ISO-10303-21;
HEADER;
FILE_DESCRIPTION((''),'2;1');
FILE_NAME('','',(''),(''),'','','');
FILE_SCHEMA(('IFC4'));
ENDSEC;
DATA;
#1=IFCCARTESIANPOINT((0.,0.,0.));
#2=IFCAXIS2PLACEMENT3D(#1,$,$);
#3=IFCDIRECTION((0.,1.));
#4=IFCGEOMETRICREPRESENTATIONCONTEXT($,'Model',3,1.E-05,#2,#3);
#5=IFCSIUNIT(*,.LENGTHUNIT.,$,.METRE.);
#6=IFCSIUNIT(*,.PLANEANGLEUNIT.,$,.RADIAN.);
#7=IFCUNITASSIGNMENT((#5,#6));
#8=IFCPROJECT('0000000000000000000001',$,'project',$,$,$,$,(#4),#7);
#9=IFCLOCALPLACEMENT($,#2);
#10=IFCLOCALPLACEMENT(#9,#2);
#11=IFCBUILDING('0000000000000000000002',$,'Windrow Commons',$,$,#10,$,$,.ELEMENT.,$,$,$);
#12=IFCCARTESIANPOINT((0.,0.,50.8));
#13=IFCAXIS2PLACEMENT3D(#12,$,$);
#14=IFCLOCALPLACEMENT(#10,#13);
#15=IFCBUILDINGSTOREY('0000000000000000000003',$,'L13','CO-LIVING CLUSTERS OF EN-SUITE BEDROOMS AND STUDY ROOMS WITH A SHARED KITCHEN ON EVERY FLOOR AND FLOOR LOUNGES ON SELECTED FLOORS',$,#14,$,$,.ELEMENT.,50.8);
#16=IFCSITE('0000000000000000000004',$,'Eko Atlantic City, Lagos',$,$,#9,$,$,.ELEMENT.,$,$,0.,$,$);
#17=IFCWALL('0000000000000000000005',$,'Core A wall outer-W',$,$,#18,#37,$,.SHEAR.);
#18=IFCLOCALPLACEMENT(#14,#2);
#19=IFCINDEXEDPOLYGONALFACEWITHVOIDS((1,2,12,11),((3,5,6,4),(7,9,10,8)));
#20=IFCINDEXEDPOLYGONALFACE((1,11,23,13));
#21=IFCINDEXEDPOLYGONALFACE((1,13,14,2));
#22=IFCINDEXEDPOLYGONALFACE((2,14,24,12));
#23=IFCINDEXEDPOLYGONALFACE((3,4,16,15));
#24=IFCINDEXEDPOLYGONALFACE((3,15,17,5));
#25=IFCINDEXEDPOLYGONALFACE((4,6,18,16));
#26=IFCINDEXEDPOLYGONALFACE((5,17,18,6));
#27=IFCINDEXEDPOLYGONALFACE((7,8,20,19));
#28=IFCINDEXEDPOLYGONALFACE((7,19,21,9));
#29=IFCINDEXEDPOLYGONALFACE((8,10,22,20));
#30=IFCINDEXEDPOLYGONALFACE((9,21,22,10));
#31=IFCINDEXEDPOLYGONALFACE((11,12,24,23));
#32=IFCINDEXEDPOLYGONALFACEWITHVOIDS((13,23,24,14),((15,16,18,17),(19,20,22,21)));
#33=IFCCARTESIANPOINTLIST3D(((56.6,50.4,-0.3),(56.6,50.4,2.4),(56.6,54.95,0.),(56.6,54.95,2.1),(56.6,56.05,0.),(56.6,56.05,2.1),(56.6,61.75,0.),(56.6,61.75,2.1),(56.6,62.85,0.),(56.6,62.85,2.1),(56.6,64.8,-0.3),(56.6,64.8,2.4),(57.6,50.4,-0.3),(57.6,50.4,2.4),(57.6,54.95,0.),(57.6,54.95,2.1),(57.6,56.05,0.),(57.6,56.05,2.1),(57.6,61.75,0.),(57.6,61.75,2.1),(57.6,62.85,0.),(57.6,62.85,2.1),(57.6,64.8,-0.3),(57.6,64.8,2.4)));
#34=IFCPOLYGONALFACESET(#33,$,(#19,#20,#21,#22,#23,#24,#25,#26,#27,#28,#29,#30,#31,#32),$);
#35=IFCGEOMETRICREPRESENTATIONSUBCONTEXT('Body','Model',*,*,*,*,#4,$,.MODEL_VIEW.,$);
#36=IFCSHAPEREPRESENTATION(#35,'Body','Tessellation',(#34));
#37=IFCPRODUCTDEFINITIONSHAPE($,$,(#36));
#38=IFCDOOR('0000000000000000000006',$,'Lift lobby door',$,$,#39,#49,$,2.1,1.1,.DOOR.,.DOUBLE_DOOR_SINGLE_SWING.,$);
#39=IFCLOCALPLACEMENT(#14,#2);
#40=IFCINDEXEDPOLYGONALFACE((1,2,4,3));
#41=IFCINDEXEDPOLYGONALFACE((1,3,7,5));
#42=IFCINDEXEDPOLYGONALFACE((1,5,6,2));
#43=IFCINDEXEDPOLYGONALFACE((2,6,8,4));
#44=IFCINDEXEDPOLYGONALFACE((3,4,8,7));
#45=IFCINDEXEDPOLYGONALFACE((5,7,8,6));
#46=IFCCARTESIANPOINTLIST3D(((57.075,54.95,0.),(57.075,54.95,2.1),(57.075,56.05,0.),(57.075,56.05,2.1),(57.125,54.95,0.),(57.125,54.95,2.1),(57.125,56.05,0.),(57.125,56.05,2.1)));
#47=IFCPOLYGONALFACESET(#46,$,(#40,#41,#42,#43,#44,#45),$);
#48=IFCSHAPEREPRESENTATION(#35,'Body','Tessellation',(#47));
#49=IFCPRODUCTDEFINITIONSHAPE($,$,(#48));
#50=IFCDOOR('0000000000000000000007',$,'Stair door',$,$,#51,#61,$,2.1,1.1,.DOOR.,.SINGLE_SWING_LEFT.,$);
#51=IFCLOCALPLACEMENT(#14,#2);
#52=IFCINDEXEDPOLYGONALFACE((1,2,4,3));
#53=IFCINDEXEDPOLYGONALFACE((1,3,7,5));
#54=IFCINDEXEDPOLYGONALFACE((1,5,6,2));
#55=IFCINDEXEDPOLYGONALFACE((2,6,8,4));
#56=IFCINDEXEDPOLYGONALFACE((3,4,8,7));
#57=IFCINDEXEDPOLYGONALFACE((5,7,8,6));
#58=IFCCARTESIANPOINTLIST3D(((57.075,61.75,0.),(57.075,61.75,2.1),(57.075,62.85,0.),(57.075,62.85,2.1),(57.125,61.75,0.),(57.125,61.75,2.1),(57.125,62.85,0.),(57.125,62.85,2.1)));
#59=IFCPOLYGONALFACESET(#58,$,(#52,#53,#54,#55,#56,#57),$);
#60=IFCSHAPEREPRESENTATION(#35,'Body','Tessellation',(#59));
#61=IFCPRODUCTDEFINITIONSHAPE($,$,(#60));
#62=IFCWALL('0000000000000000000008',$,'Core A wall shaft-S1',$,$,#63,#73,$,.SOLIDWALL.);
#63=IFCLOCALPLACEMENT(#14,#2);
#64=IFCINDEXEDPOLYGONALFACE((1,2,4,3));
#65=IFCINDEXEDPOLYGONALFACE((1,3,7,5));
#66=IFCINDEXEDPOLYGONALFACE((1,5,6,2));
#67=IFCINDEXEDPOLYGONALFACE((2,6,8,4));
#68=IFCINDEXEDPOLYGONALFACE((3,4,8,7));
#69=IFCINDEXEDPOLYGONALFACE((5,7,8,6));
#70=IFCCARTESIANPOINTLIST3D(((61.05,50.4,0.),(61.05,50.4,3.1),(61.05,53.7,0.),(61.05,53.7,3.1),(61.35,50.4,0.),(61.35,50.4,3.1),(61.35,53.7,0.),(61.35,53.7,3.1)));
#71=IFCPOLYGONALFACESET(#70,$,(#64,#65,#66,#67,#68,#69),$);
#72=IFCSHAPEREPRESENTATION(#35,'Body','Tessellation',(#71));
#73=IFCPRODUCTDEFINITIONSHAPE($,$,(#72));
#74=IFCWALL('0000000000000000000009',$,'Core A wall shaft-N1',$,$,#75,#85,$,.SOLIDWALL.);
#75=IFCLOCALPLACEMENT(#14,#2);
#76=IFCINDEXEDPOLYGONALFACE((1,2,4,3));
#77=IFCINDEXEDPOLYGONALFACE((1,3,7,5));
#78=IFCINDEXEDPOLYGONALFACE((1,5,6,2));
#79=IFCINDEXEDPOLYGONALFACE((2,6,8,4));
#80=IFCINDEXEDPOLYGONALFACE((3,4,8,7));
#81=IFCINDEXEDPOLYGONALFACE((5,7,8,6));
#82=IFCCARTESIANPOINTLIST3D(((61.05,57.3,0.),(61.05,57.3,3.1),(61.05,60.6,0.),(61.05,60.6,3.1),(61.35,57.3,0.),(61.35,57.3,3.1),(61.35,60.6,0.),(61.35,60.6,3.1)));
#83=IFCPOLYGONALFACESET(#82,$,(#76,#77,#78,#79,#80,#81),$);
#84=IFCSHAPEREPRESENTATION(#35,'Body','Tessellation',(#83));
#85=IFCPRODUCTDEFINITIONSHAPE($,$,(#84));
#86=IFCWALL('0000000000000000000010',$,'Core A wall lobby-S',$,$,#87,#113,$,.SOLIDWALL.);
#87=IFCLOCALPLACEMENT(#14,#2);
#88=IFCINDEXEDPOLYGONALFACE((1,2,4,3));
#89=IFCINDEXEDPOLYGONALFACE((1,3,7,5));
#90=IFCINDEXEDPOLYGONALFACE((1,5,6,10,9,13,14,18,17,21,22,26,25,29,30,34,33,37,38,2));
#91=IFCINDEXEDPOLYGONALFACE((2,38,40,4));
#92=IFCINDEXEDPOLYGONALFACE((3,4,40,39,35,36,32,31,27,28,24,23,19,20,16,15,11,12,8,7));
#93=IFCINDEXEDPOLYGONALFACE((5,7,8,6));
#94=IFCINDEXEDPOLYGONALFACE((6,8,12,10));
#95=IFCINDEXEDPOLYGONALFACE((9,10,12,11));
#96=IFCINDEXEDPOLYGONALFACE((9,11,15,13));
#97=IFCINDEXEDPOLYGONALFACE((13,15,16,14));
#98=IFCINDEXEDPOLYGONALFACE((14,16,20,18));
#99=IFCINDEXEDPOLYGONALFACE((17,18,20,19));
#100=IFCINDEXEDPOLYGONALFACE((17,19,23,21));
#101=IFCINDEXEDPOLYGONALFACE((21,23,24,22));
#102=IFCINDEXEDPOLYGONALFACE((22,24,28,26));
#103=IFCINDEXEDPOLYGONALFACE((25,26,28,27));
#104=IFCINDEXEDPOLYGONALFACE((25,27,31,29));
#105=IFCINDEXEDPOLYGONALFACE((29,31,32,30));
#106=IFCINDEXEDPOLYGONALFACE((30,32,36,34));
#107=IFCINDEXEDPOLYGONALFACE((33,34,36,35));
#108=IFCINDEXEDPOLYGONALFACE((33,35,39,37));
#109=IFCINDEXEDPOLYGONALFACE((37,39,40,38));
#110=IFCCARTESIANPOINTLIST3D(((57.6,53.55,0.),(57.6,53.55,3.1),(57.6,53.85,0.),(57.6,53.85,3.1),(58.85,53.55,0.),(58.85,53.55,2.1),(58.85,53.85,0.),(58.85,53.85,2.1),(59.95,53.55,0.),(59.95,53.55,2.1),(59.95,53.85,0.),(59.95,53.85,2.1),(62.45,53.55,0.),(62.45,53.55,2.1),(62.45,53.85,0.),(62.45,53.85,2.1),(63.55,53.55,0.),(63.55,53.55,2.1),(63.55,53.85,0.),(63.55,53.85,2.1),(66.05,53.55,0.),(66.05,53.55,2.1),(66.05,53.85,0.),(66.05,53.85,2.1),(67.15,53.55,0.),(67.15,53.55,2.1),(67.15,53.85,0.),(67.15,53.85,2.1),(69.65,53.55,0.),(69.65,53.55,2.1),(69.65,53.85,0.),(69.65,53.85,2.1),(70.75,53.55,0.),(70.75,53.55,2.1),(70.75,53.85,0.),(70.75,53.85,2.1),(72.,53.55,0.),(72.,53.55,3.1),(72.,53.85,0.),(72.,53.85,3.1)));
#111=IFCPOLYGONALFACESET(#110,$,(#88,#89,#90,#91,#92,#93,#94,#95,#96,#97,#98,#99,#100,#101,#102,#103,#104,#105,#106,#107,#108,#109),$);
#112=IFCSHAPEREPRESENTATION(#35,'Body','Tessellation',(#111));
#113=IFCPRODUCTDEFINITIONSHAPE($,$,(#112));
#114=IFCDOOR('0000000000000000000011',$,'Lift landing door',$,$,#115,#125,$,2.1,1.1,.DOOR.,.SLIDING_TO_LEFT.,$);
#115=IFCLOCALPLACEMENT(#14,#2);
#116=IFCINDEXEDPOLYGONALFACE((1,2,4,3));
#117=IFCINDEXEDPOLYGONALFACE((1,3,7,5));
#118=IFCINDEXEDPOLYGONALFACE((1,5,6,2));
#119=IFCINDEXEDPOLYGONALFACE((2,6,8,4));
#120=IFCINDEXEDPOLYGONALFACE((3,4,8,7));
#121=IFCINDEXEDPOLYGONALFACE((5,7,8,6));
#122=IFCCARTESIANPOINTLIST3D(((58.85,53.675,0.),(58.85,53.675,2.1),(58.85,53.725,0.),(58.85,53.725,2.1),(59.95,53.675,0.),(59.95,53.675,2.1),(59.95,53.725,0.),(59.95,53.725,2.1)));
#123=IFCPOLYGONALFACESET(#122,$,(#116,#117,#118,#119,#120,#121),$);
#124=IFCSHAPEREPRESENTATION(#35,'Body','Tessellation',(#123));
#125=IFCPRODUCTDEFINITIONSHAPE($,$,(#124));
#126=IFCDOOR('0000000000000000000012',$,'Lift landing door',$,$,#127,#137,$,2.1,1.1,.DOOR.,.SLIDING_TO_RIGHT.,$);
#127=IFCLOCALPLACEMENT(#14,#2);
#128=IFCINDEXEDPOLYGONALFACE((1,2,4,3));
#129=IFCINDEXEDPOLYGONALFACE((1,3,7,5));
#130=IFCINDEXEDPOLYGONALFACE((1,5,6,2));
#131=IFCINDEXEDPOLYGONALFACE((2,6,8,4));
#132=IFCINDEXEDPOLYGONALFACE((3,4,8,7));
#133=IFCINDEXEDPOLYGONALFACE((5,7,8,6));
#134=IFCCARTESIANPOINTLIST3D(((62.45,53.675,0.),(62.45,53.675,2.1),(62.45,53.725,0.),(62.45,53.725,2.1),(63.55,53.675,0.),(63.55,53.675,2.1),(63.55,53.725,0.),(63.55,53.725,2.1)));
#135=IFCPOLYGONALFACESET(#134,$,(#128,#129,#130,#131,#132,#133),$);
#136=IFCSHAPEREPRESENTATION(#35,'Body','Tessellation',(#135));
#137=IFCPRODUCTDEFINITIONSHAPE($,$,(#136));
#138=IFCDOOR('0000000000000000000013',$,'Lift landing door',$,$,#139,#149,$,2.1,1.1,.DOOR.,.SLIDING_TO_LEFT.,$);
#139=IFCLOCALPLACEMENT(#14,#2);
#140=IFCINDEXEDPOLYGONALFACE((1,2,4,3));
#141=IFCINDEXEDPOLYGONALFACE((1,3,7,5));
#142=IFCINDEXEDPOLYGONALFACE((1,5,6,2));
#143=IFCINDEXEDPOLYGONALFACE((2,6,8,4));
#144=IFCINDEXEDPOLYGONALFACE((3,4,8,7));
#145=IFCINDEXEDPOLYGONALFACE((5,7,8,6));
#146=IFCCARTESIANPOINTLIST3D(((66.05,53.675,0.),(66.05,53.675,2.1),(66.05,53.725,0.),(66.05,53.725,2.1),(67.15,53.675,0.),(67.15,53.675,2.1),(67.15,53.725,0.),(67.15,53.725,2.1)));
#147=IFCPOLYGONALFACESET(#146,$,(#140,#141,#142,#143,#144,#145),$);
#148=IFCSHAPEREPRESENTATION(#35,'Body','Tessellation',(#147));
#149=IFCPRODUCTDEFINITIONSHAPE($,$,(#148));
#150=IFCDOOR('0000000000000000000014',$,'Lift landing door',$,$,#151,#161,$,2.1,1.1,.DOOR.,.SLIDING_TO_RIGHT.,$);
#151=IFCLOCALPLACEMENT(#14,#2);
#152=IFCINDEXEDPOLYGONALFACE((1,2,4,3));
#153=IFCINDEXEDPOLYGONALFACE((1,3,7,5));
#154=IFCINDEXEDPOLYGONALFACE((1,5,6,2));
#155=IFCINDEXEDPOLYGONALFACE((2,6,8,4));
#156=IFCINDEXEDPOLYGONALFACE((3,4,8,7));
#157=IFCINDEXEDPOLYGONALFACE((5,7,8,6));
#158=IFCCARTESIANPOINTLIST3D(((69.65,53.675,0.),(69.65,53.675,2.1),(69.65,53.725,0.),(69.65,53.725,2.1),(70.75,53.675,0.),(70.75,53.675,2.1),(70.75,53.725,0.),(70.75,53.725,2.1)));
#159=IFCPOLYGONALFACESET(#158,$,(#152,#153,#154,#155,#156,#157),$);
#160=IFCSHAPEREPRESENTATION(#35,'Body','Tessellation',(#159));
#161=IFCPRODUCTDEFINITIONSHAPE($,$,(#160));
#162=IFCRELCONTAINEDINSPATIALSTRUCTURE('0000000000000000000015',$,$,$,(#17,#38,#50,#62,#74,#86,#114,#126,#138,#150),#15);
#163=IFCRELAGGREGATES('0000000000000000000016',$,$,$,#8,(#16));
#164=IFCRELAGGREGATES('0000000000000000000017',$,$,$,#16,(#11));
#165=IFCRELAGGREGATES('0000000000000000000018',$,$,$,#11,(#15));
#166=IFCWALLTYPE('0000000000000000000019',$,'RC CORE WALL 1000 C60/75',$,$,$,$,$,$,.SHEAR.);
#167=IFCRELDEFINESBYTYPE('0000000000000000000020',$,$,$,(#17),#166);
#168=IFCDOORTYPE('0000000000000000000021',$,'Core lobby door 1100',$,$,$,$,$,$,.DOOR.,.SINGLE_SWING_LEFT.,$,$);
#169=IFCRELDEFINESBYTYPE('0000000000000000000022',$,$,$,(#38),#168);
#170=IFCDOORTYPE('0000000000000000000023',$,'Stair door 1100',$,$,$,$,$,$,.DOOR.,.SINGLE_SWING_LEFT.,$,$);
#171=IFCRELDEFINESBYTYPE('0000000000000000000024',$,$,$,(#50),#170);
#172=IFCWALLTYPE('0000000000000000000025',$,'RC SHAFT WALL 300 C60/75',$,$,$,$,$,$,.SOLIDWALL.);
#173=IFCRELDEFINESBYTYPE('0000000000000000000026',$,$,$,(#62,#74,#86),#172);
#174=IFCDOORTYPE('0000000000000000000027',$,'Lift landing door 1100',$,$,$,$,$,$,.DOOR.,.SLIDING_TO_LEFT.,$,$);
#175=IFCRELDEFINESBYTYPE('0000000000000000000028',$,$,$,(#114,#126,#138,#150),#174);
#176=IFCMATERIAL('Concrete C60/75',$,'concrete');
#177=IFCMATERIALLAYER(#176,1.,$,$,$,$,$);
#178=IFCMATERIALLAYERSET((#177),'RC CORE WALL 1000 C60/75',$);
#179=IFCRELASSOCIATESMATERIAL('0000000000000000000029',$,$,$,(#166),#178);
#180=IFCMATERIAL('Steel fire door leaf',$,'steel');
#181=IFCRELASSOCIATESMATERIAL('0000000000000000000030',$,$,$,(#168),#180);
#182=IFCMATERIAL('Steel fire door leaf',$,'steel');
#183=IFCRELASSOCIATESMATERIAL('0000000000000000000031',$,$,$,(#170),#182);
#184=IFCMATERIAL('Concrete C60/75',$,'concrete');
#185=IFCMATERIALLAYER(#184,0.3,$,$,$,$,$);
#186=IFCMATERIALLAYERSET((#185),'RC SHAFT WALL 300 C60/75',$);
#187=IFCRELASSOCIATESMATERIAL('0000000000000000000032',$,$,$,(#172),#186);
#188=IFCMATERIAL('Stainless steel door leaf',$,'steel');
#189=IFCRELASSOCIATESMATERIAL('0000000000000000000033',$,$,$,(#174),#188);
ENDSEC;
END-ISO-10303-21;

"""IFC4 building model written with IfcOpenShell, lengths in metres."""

from ifc_helpers import new_model, si_unit, direction, frame, frame_2d, origin, place, context, subcontext, project, spatial, rectangle, extrude, material, layer, layer_set, type_object, element, fill, save


model = new_model("IFC4")

# Units and contexts
model_context = context("Model", 3, precision=1e-05, world=origin(), true_north=direction((0.0, 1.0)))
body_context = subcontext(model_context, "Body", "Model", "MODEL_VIEW")
ifc_project = project(units=[si_unit("LENGTHUNIT", "METRE"), si_unit("PLANEANGLEUNIT", "RADIAN")], contexts=[model_context])

# Site, building, storey
site_placement = place(None, origin())
site = spatial("IfcSite", under=ifc_project, at=site_placement, Name="Eko Atlantic City, Lagos", CompositionType="ELEMENT", RefElevation=0.0)
building_placement = place(site_placement, origin())
building = spatial("IfcBuilding", under=site, at=building_placement, Name="Windrow Commons", CompositionType="ELEMENT")
storey_placement = place(building_placement, frame((0.0, 0.0, 50.8)))
storey = spatial("IfcBuildingStorey", under=building, at=storey_placement, Name="L13", Description="CO-LIVING CLUSTERS OF EN-SUITE BEDROOMS AND STUDY ROOMS WITH A SHARED KITCHEN ON EVERY FLOOR AND FLOOR LOUNGES ON SELECTED FLOORS", CompositionType="ELEMENT", Elevation=50.8)

# Shared definitions
ifc_material_1 = material(Name="Concrete C60/75", Category="concrete")
ifc_layer_1 = layer(ifc_material_1, 1.0)
ifc_layer_set_1 = layer_set([ifc_layer_1], Name="RC CORE WALL 1000 C60/75")
wall_type_1 = type_object("IfcWallType", Name="RC CORE WALL 1000 C60/75", PredefinedType="SHEAR", material=ifc_layer_set_1)

# Wall, openings, doors
wall_1_placement = place(storey_placement, frame((57.1, 50.4, -0.3), z_axis=(0.0, 0.0, 1.0), x_axis=(0.0, 1.0, 0.0)))
wall_1 = element("IfcWall", 1, at=wall_1_placement, inside=storey, type_object=wall_type_1, Name="Core A wall outer-W", PredefinedType="SHEAR", context=body_context, shape_type="SweptSolid", body=[
    extrude(rectangle(XDim=14.4, YDim=1.0, at=frame_2d((7.2, 0.0))), origin(), (0.0, 0.0, 1.0), 2.7),
])
opening_1_placement = place(wall_1_placement, frame((4.55, 0.0, 0.3)))
opening_1 = element("IfcOpeningElement", 2, at=opening_1_placement, cuts=wall_1, PredefinedType="OPENING", context=body_context, shape_type="SweptSolid", body=[
    extrude(rectangle(XDim=1.1, YDim=2.1, at=frame_2d((0.55, 1.05))), frame((0.0, 0.51, 0.0), z_axis=(0.0, -1.0, 0.0), x_axis=(1.0, 0.0, 0.0)), (0.0, 0.0, 1.0), 1.02),
])
opening_2_placement = place(wall_1_placement, frame((11.35, 0.0, 0.3)))
opening_2 = element("IfcOpeningElement", 3, at=opening_2_placement, cuts=wall_1, PredefinedType="OPENING", context=body_context, shape_type="SweptSolid", body=[
    extrude(rectangle(XDim=1.1, YDim=2.1, at=frame_2d((0.55, 1.05))), frame((0.0, 0.51, 0.0), z_axis=(0.0, -1.0, 0.0), x_axis=(1.0, 0.0, 0.0)), (0.0, 0.0, 1.0), 1.02),
])
ifc_material_2 = material(Name="Steel fire door leaf", Category="steel")
door_type_1 = type_object("IfcDoorType", Name="Core lobby door 1100", OperationType="SINGLE_SWING_LEFT", PredefinedType="DOOR", material=ifc_material_2)
door_1_placement = place(opening_1_placement, origin())
door_1 = element("IfcDoor", 4, at=door_1_placement, inside=storey, type_object=door_type_1, Name="Lift lobby door", OperationType="DOUBLE_DOOR_SINGLE_SWING", OverallHeight=2.1, OverallWidth=1.1, PredefinedType="DOOR", context=body_context, shape_type="SweptSolid", body=[
    extrude(rectangle(XDim=1.1, YDim=2.1, at=frame_2d((0.55, 1.05))), frame((0.0, 0.025, 0.0), z_axis=(0.0, -1.0, 0.0), x_axis=(1.0, 0.0, 0.0)), (0.0, 0.0, 1.0), 0.05),
])
fill(opening_1, door_1)
ifc_material_3 = material(Name="Steel fire door leaf", Category="steel")
door_type_2 = type_object("IfcDoorType", Name="Stair door 1100", OperationType="SINGLE_SWING_LEFT", PredefinedType="DOOR", material=ifc_material_3)
door_2_placement = place(opening_2_placement, origin())
door_2 = element("IfcDoor", 5, at=door_2_placement, inside=storey, type_object=door_type_2, Name="Stair door", OperationType="SINGLE_SWING_LEFT", OverallHeight=2.1, OverallWidth=1.1, PredefinedType="DOOR", context=body_context, shape_type="SweptSolid", body=[
    extrude(rectangle(XDim=1.1, YDim=2.1, at=frame_2d((0.55, 1.05))), frame((0.0, 0.025, 0.0), z_axis=(0.0, -1.0, 0.0), x_axis=(1.0, 0.0, 0.0)), (0.0, 0.0, 1.0), 0.05),
])
fill(opening_2, door_2)

# Walls
ifc_material_4 = material(Name="Concrete C60/75", Category="concrete")
ifc_layer_2 = layer(ifc_material_4, 0.3)
ifc_layer_set_2 = layer_set([ifc_layer_2], Name="RC SHAFT WALL 300 C60/75")
wall_type_2 = type_object("IfcWallType", Name="RC SHAFT WALL 300 C60/75", PredefinedType="SOLIDWALL", material=ifc_layer_set_2)
for number, where, z_axis, x_axis, name in (
    (6, (61.2, 50.4, 0.0), (0.0, 0.0, 1.0), (0.0, 1.0, 0.0), "Core A wall shaft-S1"),
    (7, (61.2, 57.3, 0.0), (0.0, 0.0, 1.0), (0.0, 1.0, 0.0), "Core A wall shaft-N1"),
):
    element("IfcWall", number, at=place(storey_placement, frame(where, z_axis=z_axis, x_axis=x_axis)), inside=storey, type_object=wall_type_2, Name=name, PredefinedType="SOLIDWALL", context=body_context, shape_type="SweptSolid", body=[
        extrude(rectangle(XDim=3.3, YDim=0.3, at=frame_2d((1.65, 0.0))), origin(), (0.0, 0.0, 1.0), 3.1),
    ])

# Wall, openings, doors
wall_2_placement = place(storey_placement, frame((57.6, 53.7, 0.0), z_axis=(0.0, 0.0, 1.0), x_axis=(1.0, 0.0, 0.0)))
wall_2 = element("IfcWall", 8, at=wall_2_placement, inside=storey, type_object=wall_type_2, Name="Core A wall lobby-S", PredefinedType="SOLIDWALL", context=body_context, shape_type="SweptSolid", body=[
    extrude(rectangle(XDim=14.4, YDim=0.3, at=frame_2d((7.2, 0.0))), origin(), (0.0, 0.0, 1.0), 3.1),
])
opening_3_placement = place(wall_2_placement, frame((1.25, 0.0, 0.0)))
opening_3 = element("IfcOpeningElement", 9, at=opening_3_placement, cuts=wall_2, PredefinedType="OPENING", context=body_context, shape_type="SweptSolid", body=[
    extrude(rectangle(XDim=1.1, YDim=2.1, at=frame_2d((0.55, 1.05))), frame((0.0, 0.16, 0.0), z_axis=(0.0, -1.0, 0.0), x_axis=(1.0, 0.0, 0.0)), (0.0, 0.0, 1.0), 0.32),
])
opening_4_placement = place(wall_2_placement, frame((4.85, 0.0, 0.0)))
opening_4 = element("IfcOpeningElement", 10, at=opening_4_placement, cuts=wall_2, PredefinedType="OPENING", context=body_context, shape_type="SweptSolid", body=[
    extrude(rectangle(XDim=1.1, YDim=2.1, at=frame_2d((0.55, 1.05))), frame((0.0, 0.16, 0.0), z_axis=(0.0, -1.0, 0.0), x_axis=(1.0, 0.0, 0.0)), (0.0, 0.0, 1.0), 0.32),
])
opening_5_placement = place(wall_2_placement, frame((8.45, 0.0, 0.0)))
opening_5 = element("IfcOpeningElement", 11, at=opening_5_placement, cuts=wall_2, PredefinedType="OPENING", context=body_context, shape_type="SweptSolid", body=[
    extrude(rectangle(XDim=1.1, YDim=2.1, at=frame_2d((0.55, 1.05))), frame((0.0, 0.16, 0.0), z_axis=(0.0, -1.0, 0.0), x_axis=(1.0, 0.0, 0.0)), (0.0, 0.0, 1.0), 0.32),
])
opening_6_placement = place(wall_2_placement, frame((12.05, 0.0, 0.0)))
opening_6 = element("IfcOpeningElement", 12, at=opening_6_placement, cuts=wall_2, PredefinedType="OPENING", context=body_context, shape_type="SweptSolid", body=[
    extrude(rectangle(XDim=1.1, YDim=2.1, at=frame_2d((0.55, 1.05))), frame((0.0, 0.16, 0.0), z_axis=(0.0, -1.0, 0.0), x_axis=(1.0, 0.0, 0.0)), (0.0, 0.0, 1.0), 0.32),
])
ifc_material_5 = material(Name="Stainless steel door leaf", Category="steel")
door_type_3 = type_object("IfcDoorType", Name="Lift landing door 1100", OperationType="SLIDING_TO_LEFT", PredefinedType="DOOR", material=ifc_material_5)
door_3_placement = place(opening_3_placement, origin())
door_3 = element("IfcDoor", 13, at=door_3_placement, inside=storey, type_object=door_type_3, Name="Lift landing door", OperationType="SLIDING_TO_LEFT", OverallHeight=2.1, OverallWidth=1.1, PredefinedType="DOOR", context=body_context, shape_type="SweptSolid", body=[
    extrude(rectangle(XDim=1.1, YDim=2.1, at=frame_2d((0.55, 1.05))), frame((0.0, 0.025, 0.0), z_axis=(0.0, -1.0, 0.0), x_axis=(1.0, 0.0, 0.0)), (0.0, 0.0, 1.0), 0.05),
])
fill(opening_3, door_3)
door_4_placement = place(opening_4_placement, origin())
door_4 = element("IfcDoor", 14, at=door_4_placement, inside=storey, type_object=door_type_3, Name="Lift landing door", OperationType="SLIDING_TO_RIGHT", OverallHeight=2.1, OverallWidth=1.1, PredefinedType="DOOR", context=body_context, shape_type="SweptSolid", body=[
    extrude(rectangle(XDim=1.1, YDim=2.1, at=frame_2d((0.55, 1.05))), frame((0.0, 0.025, 0.0), z_axis=(0.0, -1.0, 0.0), x_axis=(1.0, 0.0, 0.0)), (0.0, 0.0, 1.0), 0.05),
])
fill(opening_4, door_4)
door_5_placement = place(opening_5_placement, origin())
door_5 = element("IfcDoor", 15, at=door_5_placement, inside=storey, type_object=door_type_3, Name="Lift landing door", OperationType="SLIDING_TO_LEFT", OverallHeight=2.1, OverallWidth=1.1, PredefinedType="DOOR", context=body_context, shape_type="SweptSolid", body=[
    extrude(rectangle(XDim=1.1, YDim=2.1, at=frame_2d((0.55, 1.05))), frame((0.0, 0.025, 0.0), z_axis=(0.0, -1.0, 0.0), x_axis=(1.0, 0.0, 0.0)), (0.0, 0.0, 1.0), 0.05),
])
fill(opening_5, door_5)
door_6_placement = place(opening_6_placement, origin())
door_6 = element("IfcDoor", 16, at=door_6_placement, inside=storey, type_object=door_type_3, Name="Lift landing door", OperationType="SLIDING_TO_RIGHT", OverallHeight=2.1, OverallWidth=1.1, PredefinedType="DOOR", context=body_context, shape_type="SweptSolid", body=[
    extrude(rectangle(XDim=1.1, YDim=2.1, at=frame_2d((0.55, 1.05))), frame((0.0, 0.025, 0.0), z_axis=(0.0, -1.0, 0.0), x_axis=(1.0, 0.0, 0.0)), (0.0, 0.0, 1.0), 0.05),
])
fill(opening_6, door_6)

save(model, "model.ifc")
